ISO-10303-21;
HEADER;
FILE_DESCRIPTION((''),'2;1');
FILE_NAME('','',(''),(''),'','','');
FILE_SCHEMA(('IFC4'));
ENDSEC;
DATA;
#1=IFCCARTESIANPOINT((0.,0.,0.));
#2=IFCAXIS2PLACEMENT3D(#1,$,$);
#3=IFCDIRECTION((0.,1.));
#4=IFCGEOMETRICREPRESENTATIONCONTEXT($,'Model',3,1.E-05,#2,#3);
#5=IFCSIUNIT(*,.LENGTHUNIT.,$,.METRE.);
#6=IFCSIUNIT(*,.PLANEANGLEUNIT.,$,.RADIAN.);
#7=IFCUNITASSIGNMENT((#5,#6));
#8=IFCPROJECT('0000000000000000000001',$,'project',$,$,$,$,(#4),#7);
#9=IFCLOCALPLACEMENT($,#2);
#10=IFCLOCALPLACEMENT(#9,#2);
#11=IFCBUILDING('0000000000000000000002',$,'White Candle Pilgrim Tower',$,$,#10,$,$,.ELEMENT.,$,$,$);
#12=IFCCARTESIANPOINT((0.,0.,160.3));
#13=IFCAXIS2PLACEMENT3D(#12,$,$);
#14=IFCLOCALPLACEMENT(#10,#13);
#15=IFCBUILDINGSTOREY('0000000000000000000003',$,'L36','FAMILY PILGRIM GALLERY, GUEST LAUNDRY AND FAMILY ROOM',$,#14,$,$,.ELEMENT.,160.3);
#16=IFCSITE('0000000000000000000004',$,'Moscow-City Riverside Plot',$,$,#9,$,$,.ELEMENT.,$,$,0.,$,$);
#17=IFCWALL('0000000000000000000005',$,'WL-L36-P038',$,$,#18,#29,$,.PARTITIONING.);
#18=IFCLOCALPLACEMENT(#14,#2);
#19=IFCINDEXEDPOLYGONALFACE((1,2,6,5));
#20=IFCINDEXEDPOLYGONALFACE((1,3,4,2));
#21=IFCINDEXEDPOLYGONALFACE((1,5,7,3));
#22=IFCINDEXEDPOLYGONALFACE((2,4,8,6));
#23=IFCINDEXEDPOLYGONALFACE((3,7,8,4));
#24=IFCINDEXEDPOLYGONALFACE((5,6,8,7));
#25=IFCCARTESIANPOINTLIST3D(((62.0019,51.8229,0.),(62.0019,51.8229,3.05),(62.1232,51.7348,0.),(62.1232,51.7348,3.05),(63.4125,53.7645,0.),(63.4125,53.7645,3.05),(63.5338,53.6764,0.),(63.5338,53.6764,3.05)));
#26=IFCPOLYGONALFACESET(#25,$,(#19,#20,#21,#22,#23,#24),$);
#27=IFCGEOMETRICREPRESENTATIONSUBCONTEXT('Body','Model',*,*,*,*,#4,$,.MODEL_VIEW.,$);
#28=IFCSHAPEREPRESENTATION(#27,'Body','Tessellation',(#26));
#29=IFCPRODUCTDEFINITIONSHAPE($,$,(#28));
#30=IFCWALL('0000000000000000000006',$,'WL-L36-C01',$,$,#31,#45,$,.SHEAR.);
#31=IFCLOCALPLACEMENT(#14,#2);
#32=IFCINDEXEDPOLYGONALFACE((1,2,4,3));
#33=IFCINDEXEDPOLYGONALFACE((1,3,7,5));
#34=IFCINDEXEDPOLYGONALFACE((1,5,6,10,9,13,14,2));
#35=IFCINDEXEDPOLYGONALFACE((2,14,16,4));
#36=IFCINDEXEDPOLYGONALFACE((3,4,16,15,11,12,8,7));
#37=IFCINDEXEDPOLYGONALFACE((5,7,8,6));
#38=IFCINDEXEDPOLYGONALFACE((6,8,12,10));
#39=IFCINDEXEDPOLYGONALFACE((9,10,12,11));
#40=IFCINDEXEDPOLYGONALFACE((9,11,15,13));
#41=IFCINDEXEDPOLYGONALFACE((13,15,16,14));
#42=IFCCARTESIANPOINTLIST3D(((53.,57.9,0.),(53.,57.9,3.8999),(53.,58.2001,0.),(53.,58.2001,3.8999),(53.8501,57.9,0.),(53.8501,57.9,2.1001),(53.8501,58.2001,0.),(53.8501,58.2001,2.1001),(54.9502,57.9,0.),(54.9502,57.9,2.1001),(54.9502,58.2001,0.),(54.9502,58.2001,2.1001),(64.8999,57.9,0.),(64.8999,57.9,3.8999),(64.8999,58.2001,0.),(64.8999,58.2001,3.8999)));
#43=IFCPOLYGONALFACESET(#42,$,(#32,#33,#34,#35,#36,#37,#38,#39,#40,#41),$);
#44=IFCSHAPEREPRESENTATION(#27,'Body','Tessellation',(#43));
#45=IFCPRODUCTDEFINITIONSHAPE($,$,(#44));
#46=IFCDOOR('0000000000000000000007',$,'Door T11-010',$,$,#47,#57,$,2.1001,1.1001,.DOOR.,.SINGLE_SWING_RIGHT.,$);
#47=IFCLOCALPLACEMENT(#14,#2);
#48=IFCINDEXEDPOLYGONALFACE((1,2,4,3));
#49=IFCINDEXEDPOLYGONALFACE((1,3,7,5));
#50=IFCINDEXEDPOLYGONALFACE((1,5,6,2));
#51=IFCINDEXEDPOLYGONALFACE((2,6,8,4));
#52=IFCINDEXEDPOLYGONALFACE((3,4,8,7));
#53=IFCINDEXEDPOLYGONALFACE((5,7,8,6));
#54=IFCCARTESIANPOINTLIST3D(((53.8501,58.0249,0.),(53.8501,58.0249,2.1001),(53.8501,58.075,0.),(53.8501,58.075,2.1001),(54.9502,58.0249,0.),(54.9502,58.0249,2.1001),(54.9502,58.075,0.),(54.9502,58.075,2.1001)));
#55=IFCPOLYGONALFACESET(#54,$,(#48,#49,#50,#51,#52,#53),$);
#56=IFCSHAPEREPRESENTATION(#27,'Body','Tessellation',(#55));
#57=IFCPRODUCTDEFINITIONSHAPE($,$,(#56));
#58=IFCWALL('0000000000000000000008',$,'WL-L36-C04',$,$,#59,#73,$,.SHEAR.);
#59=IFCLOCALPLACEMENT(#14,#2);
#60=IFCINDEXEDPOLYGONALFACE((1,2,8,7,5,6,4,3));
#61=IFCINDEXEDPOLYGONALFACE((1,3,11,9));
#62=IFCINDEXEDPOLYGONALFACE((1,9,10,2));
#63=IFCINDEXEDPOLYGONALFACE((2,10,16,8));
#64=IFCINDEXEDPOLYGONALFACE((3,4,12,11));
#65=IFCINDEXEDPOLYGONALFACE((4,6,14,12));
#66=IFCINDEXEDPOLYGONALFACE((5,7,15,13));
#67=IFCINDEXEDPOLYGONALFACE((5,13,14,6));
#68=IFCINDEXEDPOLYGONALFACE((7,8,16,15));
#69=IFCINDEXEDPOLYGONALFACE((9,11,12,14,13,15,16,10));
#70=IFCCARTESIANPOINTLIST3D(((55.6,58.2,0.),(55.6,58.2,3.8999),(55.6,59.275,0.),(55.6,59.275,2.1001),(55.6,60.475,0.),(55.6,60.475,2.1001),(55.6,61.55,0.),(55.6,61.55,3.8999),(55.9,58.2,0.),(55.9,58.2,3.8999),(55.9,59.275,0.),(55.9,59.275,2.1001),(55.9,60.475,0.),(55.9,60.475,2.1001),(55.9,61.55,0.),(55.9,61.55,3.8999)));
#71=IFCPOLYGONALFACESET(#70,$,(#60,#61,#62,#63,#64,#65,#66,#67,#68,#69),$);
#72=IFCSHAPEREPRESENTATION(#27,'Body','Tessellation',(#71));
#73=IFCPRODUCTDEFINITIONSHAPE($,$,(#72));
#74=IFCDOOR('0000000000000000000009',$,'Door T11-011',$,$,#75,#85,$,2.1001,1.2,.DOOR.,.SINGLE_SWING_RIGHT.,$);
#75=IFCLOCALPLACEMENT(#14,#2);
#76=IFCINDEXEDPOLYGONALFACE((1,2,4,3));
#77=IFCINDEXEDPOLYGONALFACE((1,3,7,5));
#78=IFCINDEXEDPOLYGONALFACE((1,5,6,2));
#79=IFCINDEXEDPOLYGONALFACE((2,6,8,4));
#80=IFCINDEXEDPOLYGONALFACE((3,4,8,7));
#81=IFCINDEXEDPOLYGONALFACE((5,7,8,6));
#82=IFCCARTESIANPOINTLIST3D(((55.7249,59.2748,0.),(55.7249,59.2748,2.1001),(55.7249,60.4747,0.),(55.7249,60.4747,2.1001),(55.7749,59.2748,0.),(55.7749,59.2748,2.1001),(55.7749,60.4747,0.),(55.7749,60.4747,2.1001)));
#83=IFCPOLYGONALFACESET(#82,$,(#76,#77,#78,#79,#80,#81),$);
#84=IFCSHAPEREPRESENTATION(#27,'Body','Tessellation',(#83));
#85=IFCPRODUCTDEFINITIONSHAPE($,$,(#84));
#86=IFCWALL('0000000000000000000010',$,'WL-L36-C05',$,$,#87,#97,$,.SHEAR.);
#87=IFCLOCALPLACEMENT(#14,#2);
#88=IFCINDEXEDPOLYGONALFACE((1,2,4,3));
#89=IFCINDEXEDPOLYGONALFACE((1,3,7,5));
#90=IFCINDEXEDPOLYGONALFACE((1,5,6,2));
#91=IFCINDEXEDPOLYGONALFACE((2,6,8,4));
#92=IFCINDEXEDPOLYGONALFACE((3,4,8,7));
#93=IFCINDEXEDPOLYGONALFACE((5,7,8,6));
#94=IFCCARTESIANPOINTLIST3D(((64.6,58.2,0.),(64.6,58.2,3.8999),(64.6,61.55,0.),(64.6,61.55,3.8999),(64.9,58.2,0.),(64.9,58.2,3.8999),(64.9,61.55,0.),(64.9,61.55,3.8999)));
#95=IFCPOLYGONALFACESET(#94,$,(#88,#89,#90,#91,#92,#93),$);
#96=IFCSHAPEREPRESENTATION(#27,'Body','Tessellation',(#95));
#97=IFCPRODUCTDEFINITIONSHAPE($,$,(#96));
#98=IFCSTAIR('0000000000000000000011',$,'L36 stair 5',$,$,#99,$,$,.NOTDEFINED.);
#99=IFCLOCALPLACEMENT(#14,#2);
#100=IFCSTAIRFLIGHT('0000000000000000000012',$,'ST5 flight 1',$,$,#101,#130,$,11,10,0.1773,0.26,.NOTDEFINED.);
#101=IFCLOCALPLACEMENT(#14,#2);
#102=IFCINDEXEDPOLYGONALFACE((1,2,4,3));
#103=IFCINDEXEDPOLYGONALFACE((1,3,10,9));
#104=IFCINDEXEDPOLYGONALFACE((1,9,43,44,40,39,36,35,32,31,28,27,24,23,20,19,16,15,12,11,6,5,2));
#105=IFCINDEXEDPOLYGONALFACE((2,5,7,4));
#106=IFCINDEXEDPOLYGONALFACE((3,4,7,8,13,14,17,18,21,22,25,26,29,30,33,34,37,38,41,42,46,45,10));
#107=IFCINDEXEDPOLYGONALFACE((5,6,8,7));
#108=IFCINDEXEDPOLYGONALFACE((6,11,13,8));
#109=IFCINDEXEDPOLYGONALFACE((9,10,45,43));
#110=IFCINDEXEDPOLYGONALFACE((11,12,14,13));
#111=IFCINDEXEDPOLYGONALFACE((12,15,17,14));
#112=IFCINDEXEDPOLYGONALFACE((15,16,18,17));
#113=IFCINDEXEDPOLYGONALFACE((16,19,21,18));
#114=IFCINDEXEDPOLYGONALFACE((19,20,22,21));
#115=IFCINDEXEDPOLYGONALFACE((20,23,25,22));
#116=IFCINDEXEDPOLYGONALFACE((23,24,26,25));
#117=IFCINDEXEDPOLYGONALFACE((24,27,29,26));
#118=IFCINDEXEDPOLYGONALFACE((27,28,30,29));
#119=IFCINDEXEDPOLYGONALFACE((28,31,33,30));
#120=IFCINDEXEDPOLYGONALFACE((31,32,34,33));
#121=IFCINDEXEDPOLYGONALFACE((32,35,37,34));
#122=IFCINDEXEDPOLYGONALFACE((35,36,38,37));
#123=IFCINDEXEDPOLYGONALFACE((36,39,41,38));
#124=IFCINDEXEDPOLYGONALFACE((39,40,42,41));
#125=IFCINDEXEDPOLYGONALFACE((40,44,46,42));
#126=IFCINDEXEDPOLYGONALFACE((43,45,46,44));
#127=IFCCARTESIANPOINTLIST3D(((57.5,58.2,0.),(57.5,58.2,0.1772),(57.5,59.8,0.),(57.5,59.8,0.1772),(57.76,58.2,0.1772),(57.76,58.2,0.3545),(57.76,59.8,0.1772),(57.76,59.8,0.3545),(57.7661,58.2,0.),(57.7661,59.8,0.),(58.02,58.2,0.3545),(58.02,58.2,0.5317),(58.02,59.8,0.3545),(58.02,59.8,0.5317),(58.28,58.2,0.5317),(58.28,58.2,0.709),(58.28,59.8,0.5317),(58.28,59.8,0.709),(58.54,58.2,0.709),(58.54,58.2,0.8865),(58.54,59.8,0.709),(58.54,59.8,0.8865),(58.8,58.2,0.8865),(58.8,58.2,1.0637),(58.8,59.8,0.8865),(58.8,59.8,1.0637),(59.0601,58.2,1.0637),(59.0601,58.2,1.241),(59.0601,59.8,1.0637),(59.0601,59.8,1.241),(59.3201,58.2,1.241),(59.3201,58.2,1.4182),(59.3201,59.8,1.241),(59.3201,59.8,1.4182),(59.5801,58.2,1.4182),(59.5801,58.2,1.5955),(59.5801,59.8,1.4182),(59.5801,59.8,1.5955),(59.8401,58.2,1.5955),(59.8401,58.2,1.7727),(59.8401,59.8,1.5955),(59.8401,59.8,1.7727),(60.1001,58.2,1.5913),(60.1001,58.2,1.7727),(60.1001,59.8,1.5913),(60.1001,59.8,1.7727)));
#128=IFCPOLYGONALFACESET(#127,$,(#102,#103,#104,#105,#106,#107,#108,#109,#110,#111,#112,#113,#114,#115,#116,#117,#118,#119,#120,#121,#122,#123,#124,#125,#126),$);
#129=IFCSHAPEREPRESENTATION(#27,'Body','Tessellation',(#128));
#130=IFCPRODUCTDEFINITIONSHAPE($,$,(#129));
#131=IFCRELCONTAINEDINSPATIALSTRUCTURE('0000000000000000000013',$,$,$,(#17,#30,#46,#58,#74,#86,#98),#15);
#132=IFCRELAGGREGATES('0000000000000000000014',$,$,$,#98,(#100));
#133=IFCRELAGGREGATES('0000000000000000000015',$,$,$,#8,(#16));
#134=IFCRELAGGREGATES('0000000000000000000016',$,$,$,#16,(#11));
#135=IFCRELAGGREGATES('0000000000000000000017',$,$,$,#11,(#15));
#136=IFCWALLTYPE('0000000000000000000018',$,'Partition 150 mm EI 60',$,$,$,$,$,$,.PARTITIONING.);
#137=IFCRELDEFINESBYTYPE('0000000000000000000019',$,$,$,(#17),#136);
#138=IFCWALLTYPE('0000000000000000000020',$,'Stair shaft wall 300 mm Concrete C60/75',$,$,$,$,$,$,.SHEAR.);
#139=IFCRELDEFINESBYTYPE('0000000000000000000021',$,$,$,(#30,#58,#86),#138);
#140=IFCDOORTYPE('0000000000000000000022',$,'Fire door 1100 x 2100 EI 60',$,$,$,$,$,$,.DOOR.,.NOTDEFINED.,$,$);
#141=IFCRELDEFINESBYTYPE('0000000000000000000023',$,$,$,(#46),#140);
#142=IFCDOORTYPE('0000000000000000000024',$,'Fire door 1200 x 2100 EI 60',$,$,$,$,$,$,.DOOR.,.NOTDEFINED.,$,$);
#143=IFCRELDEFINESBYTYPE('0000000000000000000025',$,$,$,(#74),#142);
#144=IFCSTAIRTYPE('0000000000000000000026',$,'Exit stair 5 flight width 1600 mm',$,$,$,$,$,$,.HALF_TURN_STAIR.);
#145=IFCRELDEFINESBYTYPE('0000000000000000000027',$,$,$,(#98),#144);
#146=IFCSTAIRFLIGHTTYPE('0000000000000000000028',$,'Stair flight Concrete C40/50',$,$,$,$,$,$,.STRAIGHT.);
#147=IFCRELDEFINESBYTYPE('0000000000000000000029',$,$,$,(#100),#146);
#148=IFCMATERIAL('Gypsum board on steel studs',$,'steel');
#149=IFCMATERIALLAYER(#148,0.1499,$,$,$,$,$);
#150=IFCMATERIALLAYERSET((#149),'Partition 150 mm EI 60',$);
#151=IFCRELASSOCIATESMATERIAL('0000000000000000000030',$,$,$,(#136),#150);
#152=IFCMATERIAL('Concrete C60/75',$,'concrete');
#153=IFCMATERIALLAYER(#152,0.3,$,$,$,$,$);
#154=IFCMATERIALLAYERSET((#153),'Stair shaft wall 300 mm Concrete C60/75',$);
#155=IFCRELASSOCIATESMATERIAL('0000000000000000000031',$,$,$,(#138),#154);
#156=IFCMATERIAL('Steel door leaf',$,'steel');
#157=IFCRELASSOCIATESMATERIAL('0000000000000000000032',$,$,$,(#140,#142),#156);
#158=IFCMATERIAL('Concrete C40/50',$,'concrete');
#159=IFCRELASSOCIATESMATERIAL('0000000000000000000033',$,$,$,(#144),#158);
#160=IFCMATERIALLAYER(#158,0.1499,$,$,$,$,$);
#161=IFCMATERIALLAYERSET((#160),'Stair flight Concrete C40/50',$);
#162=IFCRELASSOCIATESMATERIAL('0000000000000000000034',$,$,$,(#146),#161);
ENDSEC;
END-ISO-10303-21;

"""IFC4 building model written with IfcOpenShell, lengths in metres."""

from ifc_helpers import new_model, si_unit, direction, frame, frame_2d, origin, place, context, subcontext, project, spatial, polyline, rectangle, outline, extrude, material, layer, layer_set, type_object, element, fill, aggregate, save


model = new_model("IFC4")

# Units and contexts
model_context = context("Model", 3, precision=1e-05, world=origin(), true_north=direction((0.0, 1.0)))
body_context = subcontext(model_context, "Body", "Model", "MODEL_VIEW")
ifc_project = project(units=[si_unit("LENGTHUNIT", "METRE"), si_unit("PLANEANGLEUNIT", "RADIAN")], contexts=[model_context])

# Site, building, storey
site_placement = place(None, origin())
site = spatial("IfcSite", under=ifc_project, at=site_placement, Name="Moscow-City Riverside Plot", CompositionType="ELEMENT", RefElevation=0.0)
building_placement = place(site_placement, origin())
building = spatial("IfcBuilding", under=site, at=building_placement, Name="White Candle Pilgrim Tower", CompositionType="ELEMENT")
storey_placement = place(building_placement, frame((0.0, 0.0, 160.3)))
storey = spatial("IfcBuildingStorey", under=building, at=storey_placement, Name="L36", Description="FAMILY PILGRIM GALLERY, GUEST LAUNDRY AND FAMILY ROOM", CompositionType="ELEMENT", Elevation=160.3)

# Shared definitions
ifc_material_1 = material(Name="Concrete C60/75", Category="concrete")

# Shared definitions
ifc_material_2 = material(Name="Gypsum board on steel studs", Category="steel")
ifc_material_3 = material(Name="Steel door leaf", Category="steel")

# Wall
ifc_layer_1 = layer(ifc_material_2, 0.1499)
ifc_layer_set_1 = layer_set([ifc_layer_1], Name="Partition 150 mm EI 60")
wall_type_1 = type_object("IfcWallType", Name="Partition 150 mm EI 60", PredefinedType="PARTITIONING", material=ifc_layer_set_1)
wall_1_placement = place(storey_placement, frame((63.4731, 53.7205, 0.0), z_axis=(0.0, 0.0, 1.0), x_axis=(-0.587772, -0.809026, 0.0)))
element("IfcWall", 1, at=wall_1_placement, inside=storey, type_object=wall_type_1, Name="WL-L36-P038", PredefinedType="PARTITIONING", context=body_context, shape_type="SweptSolid", body=[
    extrude(rectangle(XDim=2.3999, YDim=0.1499, at=frame_2d((1.2, 0.0))), origin(), (0.0, 0.0, 1.0), 3.05),
])

# Walls, openings, doors
ifc_layer_2 = layer(ifc_material_1, 0.3)
ifc_layer_set_2 = layer_set([ifc_layer_2], Name="Stair shaft wall 300 mm Concrete C60/75")
wall_type_2 = type_object("IfcWallType", Name="Stair shaft wall 300 mm Concrete C60/75", PredefinedType="SHEAR", material=ifc_layer_set_2)
wall_2_placement = place(storey_placement, frame((53.0, 58.05, 0.0), z_axis=(0.0, 0.0, 1.0), x_axis=(1.0, 0.0, 0.0)))
wall_2 = element("IfcWall", 2, at=wall_2_placement, inside=storey, type_object=wall_type_2, Name="WL-L36-C01", PredefinedType="SHEAR", context=body_context, shape_type="SweptSolid", body=[
    extrude(rectangle(XDim=11.8999, YDim=0.3, at=frame_2d((5.95, 0.0))), origin(), (0.0, 0.0, 1.0), 3.8999),
])
opening_1_placement = place(wall_2_placement, frame((0.8501, 0.0, 0.0)))
opening_1 = element("IfcOpeningElement", 3, at=opening_1_placement, cuts=wall_2, PredefinedType="OPENING", context=body_context, shape_type="SweptSolid", body=[
    extrude(rectangle(XDim=1.1001, YDim=2.1001, at=frame_2d((0.55, 1.05))), frame((0.0, 0.1599, 0.0), z_axis=(0.0, -1.0, 0.0), x_axis=(1.0, 0.0, 0.0)), (0.0, 0.0, 1.0), 0.3201),
])
door_type_1 = type_object("IfcDoorType", Name="Fire door 1100 x 2100 EI 60", OperationType="NOTDEFINED", PredefinedType="DOOR", material=ifc_material_3)
door_1_placement = place(opening_1_placement, origin())
door_1 = element("IfcDoor", 4, at=door_1_placement, inside=storey, type_object=door_type_1, Name="Door T11-010", OperationType="SINGLE_SWING_RIGHT", OverallHeight=2.1001, OverallWidth=1.1001, PredefinedType="DOOR", context=body_context, shape_type="SweptSolid", body=[
    extrude(rectangle(XDim=1.1001, YDim=2.1001, at=frame_2d((0.55, 1.05))), frame((0.0, 0.0249, 0.0), z_axis=(0.0, -1.0, 0.0), x_axis=(1.0, 0.0, 0.0)), (0.0, 0.0, 1.0), 0.05),
])
fill(opening_1, door_1)
wall_3_placement = place(storey_placement, frame((55.75, 58.2, 0.0), z_axis=(0.0, 0.0, 1.0), x_axis=(0.0, 1.0, 0.0)))
wall_3 = element("IfcWall", 5, at=wall_3_placement, inside=storey, type_object=wall_type_2, Name="WL-L36-C04", PredefinedType="SHEAR", context=body_context, shape_type="SweptSolid", body=[
    extrude(rectangle(XDim=3.3501, YDim=0.3, at=frame_2d((1.675, 0.0))), origin(), (0.0, 0.0, 1.0), 3.8999),
])
opening_2_placement = place(wall_3_placement, frame((1.075, 0.0, 0.0)))
opening_2 = element("IfcOpeningElement", 6, at=opening_2_placement, cuts=wall_3, PredefinedType="OPENING", context=body_context, shape_type="SweptSolid", body=[
    extrude(rectangle(XDim=1.2, YDim=2.1001, at=frame_2d((0.6001, 1.05))), frame((0.0, 0.1599, 0.0), z_axis=(0.0, -1.0, 0.0), x_axis=(1.0, 0.0, 0.0)), (0.0, 0.0, 1.0), 0.3201),
])
door_type_2 = type_object("IfcDoorType", Name="Fire door 1200 x 2100 EI 60", OperationType="NOTDEFINED", PredefinedType="DOOR", material=ifc_material_3)
door_2_placement = place(opening_2_placement, frame((1.2, 0.0, 0.0), z_axis=(0.0, 0.0, 1.0), x_axis=(-1.0, 0.0, 0.0)))
door_2 = element("IfcDoor", 7, at=door_2_placement, inside=storey, type_object=door_type_2, Name="Door T11-011", OperationType="SINGLE_SWING_RIGHT", OverallHeight=2.1001, OverallWidth=1.2, PredefinedType="DOOR", context=body_context, shape_type="SweptSolid", body=[
    extrude(rectangle(XDim=1.2, YDim=2.1001, at=frame_2d((0.6001, 1.05))), frame((0.0, 0.0249, 0.0), z_axis=(0.0, -1.0, 0.0), x_axis=(1.0, 0.0, 0.0)), (0.0, 0.0, 1.0), 0.05),
])
fill(opening_2, door_2)

# Wall
wall_4_placement = place(storey_placement, frame((64.75, 58.2, 0.0), z_axis=(0.0, 0.0, 1.0), x_axis=(0.0, 1.0, 0.0)))
element("IfcWall", 8, at=wall_4_placement, inside=storey, type_object=wall_type_2, Name="WL-L36-C05", PredefinedType="SHEAR", context=body_context, shape_type="SweptSolid", body=[
    extrude(rectangle(XDim=3.3501, YDim=0.3, at=frame_2d((1.675, 0.0))), origin(), (0.0, 0.0, 1.0), 3.8999),
])

# Stair, stair flight
ifc_material_4 = material(Name="Concrete C40/50", Category="concrete")
stair_type = type_object("IfcStairType", Name="Exit stair 5 flight width 1600 mm", PredefinedType="HALF_TURN_STAIR", material=ifc_material_4)
stair_placement = place(storey_placement, origin())
stair = element("IfcStair", 9, at=stair_placement, inside=storey, type_object=stair_type, Name="L36 stair 5", PredefinedType="NOTDEFINED")
ifc_layer_3 = layer(ifc_material_4, 0.1499)
ifc_layer_set_3 = layer_set([ifc_layer_3], Name="Stair flight Concrete C40/50")
stair_flight_type = type_object("IfcStairFlightType", Name="Stair flight Concrete C40/50", PredefinedType="STRAIGHT", material=ifc_layer_set_3)
stair_flight_placement = place(storey_placement, frame((57.5, 59.0, 0.0), z_axis=(0.0, 0.0, 1.0), x_axis=(1.0, 0.0, 0.0)))
stair_flight = element("IfcStairFlight", 10, at=stair_flight_placement, type_object=stair_flight_type, Name="ST5 flight 1", NumberOfRisers=11, NumberOfTreads=10, PredefinedType="NOTDEFINED", RiserHeight=0.1773, TreadLength=0.26, context=body_context, shape_type="SweptSolid", body=[
    extrude(outline(polyline([(0.0, 0.0), (0.0, 0.1772), (0.26, 0.1772), (0.26, 0.3545), (0.52, 0.3545), (0.52, 0.5317), (0.78, 0.5317), (0.78, 0.709), (1.04, 0.709), (1.04, 0.8865), (1.3, 0.8865), (1.3, 1.0637), (1.5601, 1.0637), (1.5601, 1.241), (1.8201, 1.241), (1.8201, 1.4182), (2.0801, 1.4182), (2.0801, 1.5955), (2.3401, 1.5955), (2.3401, 1.7727), (2.6001, 1.7727), (2.6001, 1.95), (2.6001, 1.5913), (0.2661, 0.0), (0.0, 0.0)])), frame((0.0, 0.8, 0.0), z_axis=(0.0, -1.0, 0.0), x_axis=(1.0, 0.0, 0.0)), (0.0, 0.0, 1.0), 1.6001),
])
aggregate(stair, [stair_flight])

save(model, "model.ifc")
